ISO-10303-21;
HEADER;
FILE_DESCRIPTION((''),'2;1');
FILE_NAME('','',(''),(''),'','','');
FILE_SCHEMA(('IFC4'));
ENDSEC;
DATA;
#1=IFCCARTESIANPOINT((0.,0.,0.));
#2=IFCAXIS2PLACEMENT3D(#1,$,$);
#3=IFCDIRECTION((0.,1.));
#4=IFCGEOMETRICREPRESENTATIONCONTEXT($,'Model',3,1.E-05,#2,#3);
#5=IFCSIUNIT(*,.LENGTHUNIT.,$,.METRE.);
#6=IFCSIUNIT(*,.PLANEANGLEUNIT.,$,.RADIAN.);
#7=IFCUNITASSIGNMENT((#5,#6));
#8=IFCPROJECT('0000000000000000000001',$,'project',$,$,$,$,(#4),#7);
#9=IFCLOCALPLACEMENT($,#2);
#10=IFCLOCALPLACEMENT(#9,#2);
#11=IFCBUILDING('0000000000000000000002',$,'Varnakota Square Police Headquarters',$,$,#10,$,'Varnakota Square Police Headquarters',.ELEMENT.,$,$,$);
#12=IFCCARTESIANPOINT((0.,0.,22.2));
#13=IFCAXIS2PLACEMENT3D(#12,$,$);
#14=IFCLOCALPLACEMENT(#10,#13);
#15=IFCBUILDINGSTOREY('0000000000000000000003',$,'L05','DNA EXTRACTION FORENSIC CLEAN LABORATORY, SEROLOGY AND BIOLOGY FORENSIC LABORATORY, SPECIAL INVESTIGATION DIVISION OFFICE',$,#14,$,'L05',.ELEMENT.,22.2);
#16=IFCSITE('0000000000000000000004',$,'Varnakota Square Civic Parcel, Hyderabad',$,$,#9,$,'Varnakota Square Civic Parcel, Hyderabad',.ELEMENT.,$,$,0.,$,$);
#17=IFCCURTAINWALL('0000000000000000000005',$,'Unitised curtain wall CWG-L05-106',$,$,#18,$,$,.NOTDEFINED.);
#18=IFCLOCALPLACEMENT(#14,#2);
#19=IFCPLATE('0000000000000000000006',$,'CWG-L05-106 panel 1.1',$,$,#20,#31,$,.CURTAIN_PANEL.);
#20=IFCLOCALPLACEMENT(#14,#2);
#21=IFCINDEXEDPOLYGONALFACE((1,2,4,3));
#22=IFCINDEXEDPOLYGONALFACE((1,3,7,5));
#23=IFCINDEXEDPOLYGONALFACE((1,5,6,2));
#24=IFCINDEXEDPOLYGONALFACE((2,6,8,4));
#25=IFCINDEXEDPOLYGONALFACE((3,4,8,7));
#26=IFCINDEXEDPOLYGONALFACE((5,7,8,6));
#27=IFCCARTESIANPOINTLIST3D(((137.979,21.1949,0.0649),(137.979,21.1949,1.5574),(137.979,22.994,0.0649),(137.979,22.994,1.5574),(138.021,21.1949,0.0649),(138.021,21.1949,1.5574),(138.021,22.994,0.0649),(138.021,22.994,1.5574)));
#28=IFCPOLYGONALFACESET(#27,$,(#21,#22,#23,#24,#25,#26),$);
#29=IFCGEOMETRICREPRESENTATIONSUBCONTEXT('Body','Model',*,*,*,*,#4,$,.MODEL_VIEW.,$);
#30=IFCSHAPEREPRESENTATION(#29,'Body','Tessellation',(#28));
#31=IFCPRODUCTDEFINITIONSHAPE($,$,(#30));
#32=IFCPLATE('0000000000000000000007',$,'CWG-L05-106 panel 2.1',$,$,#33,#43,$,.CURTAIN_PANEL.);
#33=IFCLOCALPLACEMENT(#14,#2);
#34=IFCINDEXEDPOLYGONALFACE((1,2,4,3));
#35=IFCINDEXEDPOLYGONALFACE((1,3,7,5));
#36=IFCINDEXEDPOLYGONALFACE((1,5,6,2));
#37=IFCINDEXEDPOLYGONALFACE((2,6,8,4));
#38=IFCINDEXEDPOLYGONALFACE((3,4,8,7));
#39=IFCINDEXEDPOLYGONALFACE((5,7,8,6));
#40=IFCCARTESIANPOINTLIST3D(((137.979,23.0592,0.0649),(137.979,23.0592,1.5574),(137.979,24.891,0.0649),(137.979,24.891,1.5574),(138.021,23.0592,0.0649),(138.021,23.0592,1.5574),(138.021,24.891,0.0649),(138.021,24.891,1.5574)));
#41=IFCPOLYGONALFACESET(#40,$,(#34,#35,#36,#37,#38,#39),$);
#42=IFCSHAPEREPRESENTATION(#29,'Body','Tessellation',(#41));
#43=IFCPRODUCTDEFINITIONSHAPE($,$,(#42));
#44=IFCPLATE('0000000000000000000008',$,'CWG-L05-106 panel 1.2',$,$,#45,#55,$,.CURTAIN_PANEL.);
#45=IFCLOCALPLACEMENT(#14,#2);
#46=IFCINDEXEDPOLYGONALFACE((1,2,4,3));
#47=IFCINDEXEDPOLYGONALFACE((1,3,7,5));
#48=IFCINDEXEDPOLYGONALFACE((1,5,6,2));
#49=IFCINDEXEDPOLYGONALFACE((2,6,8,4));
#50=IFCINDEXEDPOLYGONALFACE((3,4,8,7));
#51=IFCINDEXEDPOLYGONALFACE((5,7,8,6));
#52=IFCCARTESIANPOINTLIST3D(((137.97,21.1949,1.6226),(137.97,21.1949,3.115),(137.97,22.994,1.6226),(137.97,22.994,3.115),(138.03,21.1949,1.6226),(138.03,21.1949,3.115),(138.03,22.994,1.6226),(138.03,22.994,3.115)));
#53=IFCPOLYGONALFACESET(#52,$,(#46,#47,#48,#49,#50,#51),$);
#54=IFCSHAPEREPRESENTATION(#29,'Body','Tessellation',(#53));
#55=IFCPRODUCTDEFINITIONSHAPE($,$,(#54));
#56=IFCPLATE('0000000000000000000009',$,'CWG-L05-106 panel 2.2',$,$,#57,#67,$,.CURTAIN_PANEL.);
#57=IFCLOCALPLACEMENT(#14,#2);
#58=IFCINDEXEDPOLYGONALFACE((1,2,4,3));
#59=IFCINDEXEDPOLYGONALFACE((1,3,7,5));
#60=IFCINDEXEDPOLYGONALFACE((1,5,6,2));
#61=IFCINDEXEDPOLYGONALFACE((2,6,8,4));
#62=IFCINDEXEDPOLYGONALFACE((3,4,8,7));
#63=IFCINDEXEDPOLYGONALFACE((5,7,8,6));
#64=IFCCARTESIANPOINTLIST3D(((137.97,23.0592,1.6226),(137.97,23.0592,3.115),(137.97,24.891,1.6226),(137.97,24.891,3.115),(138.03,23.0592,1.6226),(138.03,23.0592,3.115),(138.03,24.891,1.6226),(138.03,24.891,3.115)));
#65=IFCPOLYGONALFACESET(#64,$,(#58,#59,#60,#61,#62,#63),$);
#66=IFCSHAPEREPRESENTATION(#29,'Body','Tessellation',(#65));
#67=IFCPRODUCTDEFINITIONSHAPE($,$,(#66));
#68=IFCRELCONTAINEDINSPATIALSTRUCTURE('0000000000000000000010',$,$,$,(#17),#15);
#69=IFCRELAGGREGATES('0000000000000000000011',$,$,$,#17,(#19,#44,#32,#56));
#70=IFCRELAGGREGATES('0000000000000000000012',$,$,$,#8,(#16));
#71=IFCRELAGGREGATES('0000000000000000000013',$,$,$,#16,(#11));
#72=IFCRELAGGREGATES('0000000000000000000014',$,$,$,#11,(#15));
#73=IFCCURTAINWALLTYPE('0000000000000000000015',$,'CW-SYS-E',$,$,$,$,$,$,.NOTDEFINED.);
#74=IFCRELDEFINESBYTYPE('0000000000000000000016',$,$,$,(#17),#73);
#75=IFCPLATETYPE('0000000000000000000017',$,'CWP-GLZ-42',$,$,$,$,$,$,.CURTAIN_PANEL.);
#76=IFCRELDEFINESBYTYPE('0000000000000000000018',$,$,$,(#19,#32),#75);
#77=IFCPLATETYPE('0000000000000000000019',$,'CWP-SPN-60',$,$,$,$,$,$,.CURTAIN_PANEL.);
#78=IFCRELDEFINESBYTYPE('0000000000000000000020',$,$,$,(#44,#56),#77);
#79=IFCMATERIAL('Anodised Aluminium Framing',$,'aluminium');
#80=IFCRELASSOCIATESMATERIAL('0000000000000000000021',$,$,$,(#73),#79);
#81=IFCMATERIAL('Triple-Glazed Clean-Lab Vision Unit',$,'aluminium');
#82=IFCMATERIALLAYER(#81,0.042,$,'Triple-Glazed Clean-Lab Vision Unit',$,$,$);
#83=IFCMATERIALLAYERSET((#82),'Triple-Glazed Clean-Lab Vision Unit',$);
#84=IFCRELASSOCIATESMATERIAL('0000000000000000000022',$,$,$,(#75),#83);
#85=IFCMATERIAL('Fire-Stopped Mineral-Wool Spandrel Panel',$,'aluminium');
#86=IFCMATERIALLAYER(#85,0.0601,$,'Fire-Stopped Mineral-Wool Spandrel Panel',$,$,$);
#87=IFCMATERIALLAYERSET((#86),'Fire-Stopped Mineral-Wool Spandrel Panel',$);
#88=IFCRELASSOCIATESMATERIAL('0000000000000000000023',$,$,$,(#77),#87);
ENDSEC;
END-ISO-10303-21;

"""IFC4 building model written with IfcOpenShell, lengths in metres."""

from ifc_helpers import new_model, si_unit, direction, frame, origin, origin_2d, place, context, subcontext, project, spatial, rectangle, extrude, material, layer, layer_set, type_object, element, aggregate, save


model = new_model("IFC4")

# Units and contexts
model_context = context("Model", 3, precision=1e-05, world=origin(), true_north=direction((0.0, 1.0)))
body_context = subcontext(model_context, "Body", "Model", "MODEL_VIEW")
ifc_project = project(units=[si_unit("LENGTHUNIT", "METRE"), si_unit("PLANEANGLEUNIT", "RADIAN")], contexts=[model_context])

# Site, building, storey
site_placement = place(None, origin())
site = spatial("IfcSite", under=ifc_project, at=site_placement, Name="Varnakota Square Civic Parcel, Hyderabad", LongName="Varnakota Square Civic Parcel, Hyderabad", CompositionType="ELEMENT", RefElevation=0.0)
building_placement = place(site_placement, origin())
building = spatial("IfcBuilding", under=site, at=building_placement, Name="Varnakota Square Police Headquarters", LongName="Varnakota Square Police Headquarters", CompositionType="ELEMENT")
storey_placement = place(building_placement, frame((0.0, 0.0, 22.2)))
storey = spatial("IfcBuildingStorey", under=building, at=storey_placement, Name="L05", Description="DNA EXTRACTION FORENSIC CLEAN LABORATORY, SEROLOGY AND BIOLOGY FORENSIC LABORATORY, SPECIAL INVESTIGATION DIVISION OFFICE", LongName="L05", CompositionType="ELEMENT", Elevation=22.2)

# Curtain wall, plates
ifc_material_1 = material(Name="Anodised Aluminium Framing", Category="aluminium")
curtain_wall_type = type_object("IfcCurtainWallType", Name="CW-SYS-E", PredefinedType="NOTDEFINED", material=ifc_material_1)
curtain_wall_placement = place(storey_placement, origin())
curtain_wall = element("IfcCurtainWall", 1, at=curtain_wall_placement, inside=storey, type_object=curtain_wall_type, Name="Unitised curtain wall CWG-L05-106", PredefinedType="NOTDEFINED")
ifc_material_2 = material(Name="Triple-Glazed Clean-Lab Vision Unit", Category="aluminium")
ifc_layer_1 = layer(ifc_material_2, 0.042, Name="Triple-Glazed Clean-Lab Vision Unit")
ifc_layer_set_1 = layer_set([ifc_layer_1], Name="Triple-Glazed Clean-Lab Vision Unit")
plate_type_1 = type_object("IfcPlateType", Name="CWP-GLZ-42", PredefinedType="CURTAIN_PANEL", material=ifc_layer_set_1)
plate_1_placement = place(storey_placement, frame((138.0, 22.0945, 0.0649), z_axis=(0.0, 0.0, 1.0), x_axis=(0.0, 1.0, 0.0)))
plate_1 = element("IfcPlate", 2, at=plate_1_placement, type_object=plate_type_1, Name="CWG-L05-106 panel 1.1", PredefinedType="CURTAIN_PANEL", context=body_context, shape_type="SweptSolid", body=[
    extrude(rectangle(XDim=1.7991, YDim=0.042, at=origin_2d()), origin(), (0.0, 0.0, 1.0), 1.4924),
])
plate_2_placement = place(storey_placement, frame((138.0, 23.9751, 0.0649), z_axis=(0.0, 0.0, 1.0), x_axis=(0.0, 1.0, 0.0)))
plate_2 = element("IfcPlate", 3, at=plate_2_placement, type_object=plate_type_1, Name="CWG-L05-106 panel 2.1", PredefinedType="CURTAIN_PANEL", context=body_context, shape_type="SweptSolid", body=[
    extrude(rectangle(XDim=1.8318, YDim=0.042, at=origin_2d()), origin(), (0.0, 0.0, 1.0), 1.4924),
])
ifc_material_3 = material(Name="Fire-Stopped Mineral-Wool Spandrel Panel", Category="aluminium")
ifc_layer_2 = layer(ifc_material_3, 0.0601, Name="Fire-Stopped Mineral-Wool Spandrel Panel")
ifc_layer_set_2 = layer_set([ifc_layer_2], Name="Fire-Stopped Mineral-Wool Spandrel Panel")
plate_type_2 = type_object("IfcPlateType", Name="CWP-SPN-60", PredefinedType="CURTAIN_PANEL", material=ifc_layer_set_2)
plate_3_placement = place(storey_placement, frame((138.0, 22.0945, 1.6226), z_axis=(0.0, 0.0, 1.0), x_axis=(0.0, 1.0, 0.0)))
plate_3 = element("IfcPlate", 4, at=plate_3_placement, type_object=plate_type_2, Name="CWG-L05-106 panel 1.2", PredefinedType="CURTAIN_PANEL", context=body_context, shape_type="SweptSolid", body=[
    extrude(rectangle(XDim=1.7991, YDim=0.0601, at=origin_2d()), origin(), (0.0, 0.0, 1.0), 1.4924),
])
plate_4_placement = place(storey_placement, frame((138.0, 23.9751, 1.6226), z_axis=(0.0, 0.0, 1.0), x_axis=(0.0, 1.0, 0.0)))
plate_4 = element("IfcPlate", 5, at=plate_4_placement, type_object=plate_type_2, Name="CWG-L05-106 panel 2.2", PredefinedType="CURTAIN_PANEL", context=body_context, shape_type="SweptSolid", body=[
    extrude(rectangle(XDim=1.8318, YDim=0.0601, at=origin_2d()), origin(), (0.0, 0.0, 1.0), 1.4924),
])
aggregate(curtain_wall, [plate_1, plate_3, plate_2, plate_4])

save(model, "model.ifc")
